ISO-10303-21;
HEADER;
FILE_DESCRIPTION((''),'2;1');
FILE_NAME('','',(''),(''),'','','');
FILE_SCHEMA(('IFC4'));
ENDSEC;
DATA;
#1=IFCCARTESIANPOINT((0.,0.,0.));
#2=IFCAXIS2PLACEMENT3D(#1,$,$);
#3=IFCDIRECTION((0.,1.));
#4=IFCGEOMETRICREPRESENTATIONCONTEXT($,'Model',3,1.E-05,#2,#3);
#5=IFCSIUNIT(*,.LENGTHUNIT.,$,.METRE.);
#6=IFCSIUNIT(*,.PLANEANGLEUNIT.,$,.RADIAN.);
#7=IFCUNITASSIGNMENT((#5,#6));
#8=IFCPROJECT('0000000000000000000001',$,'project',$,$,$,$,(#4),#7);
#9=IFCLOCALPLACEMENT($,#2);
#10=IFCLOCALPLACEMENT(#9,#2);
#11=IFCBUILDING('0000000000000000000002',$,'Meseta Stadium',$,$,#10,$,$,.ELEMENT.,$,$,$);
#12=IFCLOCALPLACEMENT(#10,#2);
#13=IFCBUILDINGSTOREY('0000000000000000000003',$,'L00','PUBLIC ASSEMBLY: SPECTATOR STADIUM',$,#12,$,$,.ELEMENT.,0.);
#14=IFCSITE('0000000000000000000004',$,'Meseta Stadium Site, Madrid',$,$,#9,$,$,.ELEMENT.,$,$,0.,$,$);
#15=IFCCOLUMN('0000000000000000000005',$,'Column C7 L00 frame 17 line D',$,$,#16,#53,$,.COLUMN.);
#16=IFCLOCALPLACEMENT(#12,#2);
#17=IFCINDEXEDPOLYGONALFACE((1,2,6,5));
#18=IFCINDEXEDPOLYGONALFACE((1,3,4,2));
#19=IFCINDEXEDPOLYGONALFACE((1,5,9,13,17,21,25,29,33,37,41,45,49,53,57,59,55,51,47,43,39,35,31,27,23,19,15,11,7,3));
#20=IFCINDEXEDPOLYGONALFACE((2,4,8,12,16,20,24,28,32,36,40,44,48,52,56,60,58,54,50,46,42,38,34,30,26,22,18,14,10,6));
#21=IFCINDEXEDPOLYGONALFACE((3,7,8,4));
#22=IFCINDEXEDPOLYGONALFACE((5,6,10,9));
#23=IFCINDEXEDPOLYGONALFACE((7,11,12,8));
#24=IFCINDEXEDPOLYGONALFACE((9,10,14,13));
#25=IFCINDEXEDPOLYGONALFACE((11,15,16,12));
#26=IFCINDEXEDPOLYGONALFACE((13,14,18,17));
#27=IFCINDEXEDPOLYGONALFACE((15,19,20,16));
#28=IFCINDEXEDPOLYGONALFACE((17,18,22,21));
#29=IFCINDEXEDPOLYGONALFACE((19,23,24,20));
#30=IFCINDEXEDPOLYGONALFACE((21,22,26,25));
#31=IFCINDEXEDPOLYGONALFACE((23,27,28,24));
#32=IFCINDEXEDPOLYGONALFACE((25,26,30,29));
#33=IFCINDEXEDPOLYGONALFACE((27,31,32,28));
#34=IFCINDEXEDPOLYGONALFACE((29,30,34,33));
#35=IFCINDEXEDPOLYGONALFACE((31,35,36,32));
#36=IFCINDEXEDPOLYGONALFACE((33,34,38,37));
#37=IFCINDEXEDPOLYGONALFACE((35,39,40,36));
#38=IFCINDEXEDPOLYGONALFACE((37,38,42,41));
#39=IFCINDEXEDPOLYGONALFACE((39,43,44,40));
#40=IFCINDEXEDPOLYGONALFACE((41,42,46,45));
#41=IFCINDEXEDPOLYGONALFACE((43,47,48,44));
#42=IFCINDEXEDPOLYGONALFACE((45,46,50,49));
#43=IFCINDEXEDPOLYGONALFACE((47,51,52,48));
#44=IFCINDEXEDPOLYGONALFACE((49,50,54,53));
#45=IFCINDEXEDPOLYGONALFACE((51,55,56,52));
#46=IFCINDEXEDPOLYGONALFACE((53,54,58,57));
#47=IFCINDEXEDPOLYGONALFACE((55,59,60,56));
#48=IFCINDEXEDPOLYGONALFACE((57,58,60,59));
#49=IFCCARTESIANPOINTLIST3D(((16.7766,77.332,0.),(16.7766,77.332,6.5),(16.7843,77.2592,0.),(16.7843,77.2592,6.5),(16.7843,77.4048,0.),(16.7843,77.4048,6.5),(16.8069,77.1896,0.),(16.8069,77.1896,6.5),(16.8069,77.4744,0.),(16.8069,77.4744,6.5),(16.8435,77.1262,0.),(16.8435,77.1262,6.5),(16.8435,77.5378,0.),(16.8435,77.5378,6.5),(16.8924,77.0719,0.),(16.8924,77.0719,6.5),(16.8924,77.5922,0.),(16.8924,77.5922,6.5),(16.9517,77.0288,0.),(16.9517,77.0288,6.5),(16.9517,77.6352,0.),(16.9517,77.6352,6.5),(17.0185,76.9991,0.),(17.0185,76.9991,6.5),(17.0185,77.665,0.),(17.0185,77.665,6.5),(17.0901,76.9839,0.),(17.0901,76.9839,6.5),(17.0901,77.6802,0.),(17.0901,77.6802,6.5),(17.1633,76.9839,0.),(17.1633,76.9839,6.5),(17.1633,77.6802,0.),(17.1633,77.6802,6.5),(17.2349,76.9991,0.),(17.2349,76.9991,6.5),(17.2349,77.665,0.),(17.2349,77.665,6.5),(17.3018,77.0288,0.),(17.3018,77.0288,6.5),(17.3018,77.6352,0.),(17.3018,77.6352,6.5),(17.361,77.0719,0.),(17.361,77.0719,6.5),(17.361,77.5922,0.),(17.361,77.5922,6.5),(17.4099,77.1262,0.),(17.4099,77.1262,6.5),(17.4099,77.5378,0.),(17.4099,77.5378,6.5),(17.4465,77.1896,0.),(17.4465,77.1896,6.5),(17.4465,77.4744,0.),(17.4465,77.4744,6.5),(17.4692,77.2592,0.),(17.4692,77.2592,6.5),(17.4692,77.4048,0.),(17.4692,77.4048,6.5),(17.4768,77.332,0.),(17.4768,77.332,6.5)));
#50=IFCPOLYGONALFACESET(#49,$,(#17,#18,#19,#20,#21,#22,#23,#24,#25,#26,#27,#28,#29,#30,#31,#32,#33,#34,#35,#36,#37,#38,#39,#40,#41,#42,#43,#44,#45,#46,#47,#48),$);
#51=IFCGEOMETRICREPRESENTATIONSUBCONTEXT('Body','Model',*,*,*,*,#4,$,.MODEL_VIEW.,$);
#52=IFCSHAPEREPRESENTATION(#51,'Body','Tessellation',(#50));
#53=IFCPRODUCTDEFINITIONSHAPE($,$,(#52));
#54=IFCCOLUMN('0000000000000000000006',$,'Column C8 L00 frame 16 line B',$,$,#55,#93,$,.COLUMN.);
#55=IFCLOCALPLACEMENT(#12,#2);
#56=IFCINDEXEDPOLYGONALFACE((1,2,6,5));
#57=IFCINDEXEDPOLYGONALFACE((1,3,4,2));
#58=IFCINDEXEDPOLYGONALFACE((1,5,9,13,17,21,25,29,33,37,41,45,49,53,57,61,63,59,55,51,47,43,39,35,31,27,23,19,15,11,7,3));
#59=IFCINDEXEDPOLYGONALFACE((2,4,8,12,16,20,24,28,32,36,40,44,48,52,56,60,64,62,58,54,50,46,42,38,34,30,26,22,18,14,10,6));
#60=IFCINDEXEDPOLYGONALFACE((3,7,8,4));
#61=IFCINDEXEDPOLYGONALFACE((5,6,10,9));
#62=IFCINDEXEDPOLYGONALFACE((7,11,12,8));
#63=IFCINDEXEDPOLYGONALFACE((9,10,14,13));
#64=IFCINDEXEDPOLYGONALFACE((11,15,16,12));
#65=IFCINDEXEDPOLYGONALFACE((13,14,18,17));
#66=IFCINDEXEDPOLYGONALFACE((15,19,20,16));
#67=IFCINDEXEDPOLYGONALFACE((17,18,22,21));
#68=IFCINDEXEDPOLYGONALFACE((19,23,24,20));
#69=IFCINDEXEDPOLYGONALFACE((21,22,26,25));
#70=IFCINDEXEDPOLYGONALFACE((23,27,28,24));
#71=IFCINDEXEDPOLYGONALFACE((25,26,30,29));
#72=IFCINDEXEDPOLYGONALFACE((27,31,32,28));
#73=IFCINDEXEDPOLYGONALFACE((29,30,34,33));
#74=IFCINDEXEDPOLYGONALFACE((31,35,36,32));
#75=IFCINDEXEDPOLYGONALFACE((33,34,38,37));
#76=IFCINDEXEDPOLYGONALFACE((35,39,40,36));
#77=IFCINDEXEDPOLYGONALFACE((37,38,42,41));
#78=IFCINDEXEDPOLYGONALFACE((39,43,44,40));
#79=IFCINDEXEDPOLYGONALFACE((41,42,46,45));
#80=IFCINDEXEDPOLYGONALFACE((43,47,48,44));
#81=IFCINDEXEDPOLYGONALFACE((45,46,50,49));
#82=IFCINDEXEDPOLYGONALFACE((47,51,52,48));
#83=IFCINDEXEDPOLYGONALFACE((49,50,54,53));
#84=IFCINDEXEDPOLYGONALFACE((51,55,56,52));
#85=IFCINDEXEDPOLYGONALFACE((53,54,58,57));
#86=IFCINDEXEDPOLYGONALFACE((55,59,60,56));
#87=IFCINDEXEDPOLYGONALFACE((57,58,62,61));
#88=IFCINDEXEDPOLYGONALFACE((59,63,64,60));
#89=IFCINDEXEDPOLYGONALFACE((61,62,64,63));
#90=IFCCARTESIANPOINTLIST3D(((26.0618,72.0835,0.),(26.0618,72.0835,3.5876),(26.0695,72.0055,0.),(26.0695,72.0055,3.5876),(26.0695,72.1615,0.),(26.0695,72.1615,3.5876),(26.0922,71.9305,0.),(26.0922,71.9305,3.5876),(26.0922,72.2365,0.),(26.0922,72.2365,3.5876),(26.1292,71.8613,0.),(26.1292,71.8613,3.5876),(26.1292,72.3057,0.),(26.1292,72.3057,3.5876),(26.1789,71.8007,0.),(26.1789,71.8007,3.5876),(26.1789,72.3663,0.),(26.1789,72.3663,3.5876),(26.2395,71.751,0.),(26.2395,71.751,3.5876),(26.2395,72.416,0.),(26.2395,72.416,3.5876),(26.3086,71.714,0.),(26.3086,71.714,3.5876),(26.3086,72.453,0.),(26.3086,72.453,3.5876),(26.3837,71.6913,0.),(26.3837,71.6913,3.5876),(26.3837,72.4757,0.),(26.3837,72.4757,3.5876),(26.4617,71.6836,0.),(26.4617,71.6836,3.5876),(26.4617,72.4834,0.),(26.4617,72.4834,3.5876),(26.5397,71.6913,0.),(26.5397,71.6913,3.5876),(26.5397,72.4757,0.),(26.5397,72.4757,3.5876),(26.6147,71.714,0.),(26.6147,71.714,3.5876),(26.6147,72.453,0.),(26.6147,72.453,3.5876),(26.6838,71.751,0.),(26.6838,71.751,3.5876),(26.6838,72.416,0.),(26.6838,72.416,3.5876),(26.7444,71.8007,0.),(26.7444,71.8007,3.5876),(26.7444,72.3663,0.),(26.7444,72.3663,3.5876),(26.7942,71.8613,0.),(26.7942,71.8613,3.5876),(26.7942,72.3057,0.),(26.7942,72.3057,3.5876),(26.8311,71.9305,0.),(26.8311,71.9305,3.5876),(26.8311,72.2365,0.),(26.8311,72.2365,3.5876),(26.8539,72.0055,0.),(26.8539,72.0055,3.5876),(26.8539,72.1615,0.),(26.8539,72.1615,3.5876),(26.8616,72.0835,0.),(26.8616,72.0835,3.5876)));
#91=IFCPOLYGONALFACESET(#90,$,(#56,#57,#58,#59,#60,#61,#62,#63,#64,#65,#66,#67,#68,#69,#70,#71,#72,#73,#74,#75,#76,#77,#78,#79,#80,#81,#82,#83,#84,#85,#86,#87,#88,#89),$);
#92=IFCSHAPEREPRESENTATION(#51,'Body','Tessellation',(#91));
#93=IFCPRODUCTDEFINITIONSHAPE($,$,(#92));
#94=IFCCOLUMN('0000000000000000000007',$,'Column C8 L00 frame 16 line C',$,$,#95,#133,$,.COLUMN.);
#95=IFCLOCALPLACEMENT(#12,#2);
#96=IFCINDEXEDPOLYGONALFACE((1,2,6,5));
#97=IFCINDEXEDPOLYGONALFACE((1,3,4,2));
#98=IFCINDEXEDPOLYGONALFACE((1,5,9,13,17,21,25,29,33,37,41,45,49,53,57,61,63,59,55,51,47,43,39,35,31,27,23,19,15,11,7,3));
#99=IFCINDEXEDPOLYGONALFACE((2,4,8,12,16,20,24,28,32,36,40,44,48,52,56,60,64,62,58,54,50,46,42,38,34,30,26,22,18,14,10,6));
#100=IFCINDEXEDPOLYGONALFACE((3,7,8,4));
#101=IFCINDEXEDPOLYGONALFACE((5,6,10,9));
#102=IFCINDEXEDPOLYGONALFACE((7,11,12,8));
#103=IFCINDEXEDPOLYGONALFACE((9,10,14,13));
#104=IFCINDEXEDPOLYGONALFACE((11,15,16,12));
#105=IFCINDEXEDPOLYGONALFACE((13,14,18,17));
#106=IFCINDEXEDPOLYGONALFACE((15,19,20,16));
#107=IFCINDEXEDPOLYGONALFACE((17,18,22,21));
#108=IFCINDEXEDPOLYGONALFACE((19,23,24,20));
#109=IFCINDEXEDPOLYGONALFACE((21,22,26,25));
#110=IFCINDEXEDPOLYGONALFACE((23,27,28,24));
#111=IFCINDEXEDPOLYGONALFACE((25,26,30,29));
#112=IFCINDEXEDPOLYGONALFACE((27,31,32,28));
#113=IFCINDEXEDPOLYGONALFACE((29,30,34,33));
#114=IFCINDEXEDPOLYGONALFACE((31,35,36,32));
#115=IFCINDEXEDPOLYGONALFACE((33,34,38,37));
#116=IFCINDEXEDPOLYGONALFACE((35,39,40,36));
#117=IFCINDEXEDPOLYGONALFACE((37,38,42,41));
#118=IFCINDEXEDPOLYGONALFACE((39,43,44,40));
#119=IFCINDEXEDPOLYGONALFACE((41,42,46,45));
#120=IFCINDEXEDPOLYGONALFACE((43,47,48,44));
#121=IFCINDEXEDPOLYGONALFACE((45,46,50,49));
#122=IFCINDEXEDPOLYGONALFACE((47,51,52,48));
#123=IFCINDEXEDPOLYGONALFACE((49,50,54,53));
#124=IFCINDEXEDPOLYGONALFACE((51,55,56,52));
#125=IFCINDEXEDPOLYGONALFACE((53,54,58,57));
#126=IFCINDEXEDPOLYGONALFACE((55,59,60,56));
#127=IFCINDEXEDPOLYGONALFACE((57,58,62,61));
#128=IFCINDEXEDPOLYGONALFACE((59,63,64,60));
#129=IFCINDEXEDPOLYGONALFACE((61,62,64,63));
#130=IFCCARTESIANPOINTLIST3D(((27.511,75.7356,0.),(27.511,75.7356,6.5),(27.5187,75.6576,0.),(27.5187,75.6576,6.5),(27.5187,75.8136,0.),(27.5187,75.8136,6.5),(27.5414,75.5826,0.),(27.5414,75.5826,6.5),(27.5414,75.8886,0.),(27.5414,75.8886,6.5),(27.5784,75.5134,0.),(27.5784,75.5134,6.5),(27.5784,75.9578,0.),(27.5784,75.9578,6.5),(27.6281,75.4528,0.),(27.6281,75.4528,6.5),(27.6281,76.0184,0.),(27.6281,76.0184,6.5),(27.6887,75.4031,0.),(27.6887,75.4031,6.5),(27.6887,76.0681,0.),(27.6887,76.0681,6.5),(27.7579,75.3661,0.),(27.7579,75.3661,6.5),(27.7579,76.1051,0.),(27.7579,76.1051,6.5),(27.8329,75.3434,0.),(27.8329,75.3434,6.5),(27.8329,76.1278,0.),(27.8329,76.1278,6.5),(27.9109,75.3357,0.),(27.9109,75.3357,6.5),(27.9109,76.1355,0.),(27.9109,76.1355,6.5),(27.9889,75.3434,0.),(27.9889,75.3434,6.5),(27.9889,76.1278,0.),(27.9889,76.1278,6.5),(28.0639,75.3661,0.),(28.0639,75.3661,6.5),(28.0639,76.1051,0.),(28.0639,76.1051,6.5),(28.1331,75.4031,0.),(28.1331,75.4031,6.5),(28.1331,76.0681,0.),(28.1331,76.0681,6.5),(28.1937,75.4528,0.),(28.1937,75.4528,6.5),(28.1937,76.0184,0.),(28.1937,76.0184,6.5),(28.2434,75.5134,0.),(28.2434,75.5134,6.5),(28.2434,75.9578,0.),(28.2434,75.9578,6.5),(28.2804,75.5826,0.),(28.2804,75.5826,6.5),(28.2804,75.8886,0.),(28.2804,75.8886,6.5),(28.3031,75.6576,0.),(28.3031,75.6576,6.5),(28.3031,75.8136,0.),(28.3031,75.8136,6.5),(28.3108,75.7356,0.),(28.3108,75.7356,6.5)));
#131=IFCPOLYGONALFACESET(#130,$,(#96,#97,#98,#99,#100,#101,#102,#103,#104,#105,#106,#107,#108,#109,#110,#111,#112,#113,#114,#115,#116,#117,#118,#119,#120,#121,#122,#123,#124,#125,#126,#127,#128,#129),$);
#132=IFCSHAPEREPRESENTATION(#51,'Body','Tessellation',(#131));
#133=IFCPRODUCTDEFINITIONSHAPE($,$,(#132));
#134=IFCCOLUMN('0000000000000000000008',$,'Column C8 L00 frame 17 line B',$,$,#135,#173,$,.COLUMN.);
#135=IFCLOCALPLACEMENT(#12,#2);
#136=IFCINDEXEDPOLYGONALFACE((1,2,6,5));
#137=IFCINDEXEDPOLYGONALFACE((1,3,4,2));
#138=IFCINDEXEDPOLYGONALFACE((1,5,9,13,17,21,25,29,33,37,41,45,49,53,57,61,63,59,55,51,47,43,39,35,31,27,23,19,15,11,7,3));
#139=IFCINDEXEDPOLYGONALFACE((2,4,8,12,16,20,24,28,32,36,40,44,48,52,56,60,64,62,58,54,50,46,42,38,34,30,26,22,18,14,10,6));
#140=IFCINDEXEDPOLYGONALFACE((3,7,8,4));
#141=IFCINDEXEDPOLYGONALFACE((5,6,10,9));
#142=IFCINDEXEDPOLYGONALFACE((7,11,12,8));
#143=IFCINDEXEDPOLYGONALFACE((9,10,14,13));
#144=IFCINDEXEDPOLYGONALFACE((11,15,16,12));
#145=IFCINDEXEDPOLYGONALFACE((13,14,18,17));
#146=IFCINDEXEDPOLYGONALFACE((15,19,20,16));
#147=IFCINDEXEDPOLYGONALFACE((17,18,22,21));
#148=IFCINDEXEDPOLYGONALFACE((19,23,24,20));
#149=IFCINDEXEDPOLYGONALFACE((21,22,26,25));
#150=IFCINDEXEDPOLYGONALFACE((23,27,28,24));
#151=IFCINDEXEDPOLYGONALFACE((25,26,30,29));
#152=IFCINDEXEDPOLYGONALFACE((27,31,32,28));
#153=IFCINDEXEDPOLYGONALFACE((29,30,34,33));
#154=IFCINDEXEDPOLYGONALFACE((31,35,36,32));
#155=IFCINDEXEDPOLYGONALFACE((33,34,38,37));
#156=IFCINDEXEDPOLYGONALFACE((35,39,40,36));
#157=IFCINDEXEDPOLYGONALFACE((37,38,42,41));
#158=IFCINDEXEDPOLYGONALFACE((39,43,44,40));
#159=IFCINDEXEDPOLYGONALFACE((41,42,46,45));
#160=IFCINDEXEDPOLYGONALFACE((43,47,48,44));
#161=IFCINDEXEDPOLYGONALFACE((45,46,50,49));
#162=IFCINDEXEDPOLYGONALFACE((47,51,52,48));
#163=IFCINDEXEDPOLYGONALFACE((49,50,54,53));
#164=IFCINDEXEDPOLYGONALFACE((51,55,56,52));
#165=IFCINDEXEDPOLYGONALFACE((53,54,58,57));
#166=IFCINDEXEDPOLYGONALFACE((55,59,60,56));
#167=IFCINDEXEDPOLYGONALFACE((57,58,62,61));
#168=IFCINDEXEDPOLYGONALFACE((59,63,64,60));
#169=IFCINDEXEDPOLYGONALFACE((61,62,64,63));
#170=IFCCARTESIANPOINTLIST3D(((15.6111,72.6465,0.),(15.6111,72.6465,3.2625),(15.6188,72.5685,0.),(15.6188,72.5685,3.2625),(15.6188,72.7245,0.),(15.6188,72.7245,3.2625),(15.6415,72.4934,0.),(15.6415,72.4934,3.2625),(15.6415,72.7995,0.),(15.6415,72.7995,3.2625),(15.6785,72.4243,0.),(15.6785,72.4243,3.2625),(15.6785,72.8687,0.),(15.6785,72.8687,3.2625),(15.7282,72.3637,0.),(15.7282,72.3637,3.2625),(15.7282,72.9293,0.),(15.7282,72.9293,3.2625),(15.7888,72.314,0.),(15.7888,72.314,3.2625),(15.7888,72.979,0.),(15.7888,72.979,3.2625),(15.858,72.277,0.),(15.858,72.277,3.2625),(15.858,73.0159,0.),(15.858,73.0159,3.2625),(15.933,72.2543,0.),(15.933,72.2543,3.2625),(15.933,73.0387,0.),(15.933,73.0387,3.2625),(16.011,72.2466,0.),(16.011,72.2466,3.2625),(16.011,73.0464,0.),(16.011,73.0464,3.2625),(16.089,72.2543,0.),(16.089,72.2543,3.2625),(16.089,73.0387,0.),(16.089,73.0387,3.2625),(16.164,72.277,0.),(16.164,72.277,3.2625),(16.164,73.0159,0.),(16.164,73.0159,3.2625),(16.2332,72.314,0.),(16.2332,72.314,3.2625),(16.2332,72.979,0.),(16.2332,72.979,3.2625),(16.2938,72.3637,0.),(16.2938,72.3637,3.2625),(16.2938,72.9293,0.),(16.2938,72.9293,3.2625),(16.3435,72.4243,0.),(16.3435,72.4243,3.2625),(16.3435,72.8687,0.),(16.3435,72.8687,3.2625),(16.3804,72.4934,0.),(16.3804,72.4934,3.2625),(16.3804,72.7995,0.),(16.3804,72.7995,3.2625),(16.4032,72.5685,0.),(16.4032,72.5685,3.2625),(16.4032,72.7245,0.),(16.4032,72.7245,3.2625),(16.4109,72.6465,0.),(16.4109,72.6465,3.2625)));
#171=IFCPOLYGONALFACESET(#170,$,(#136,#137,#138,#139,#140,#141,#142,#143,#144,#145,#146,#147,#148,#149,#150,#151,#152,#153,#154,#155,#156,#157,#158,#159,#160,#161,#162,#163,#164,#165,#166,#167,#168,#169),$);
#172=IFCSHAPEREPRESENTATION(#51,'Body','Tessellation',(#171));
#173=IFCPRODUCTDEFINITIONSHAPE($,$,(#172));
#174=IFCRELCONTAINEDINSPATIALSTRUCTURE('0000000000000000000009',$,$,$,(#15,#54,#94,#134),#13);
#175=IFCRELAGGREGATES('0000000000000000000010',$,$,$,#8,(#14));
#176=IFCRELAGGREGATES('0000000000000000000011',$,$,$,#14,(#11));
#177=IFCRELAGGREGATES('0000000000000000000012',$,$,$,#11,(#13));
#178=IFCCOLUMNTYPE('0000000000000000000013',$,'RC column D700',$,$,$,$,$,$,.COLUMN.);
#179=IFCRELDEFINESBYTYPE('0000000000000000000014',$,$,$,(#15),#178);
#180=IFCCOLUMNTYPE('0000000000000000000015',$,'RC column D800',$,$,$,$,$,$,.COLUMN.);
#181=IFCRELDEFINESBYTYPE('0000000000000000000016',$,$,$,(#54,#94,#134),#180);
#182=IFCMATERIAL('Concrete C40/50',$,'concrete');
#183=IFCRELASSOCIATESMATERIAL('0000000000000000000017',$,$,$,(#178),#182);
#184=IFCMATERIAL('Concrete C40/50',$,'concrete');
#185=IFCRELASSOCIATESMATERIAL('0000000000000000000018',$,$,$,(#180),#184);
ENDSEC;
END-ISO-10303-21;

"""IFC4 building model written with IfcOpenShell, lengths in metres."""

from ifc_helpers import new_model, si_unit, direction, frame, origin, origin_2d, place, context, subcontext, project, spatial, circle, extrude, material, material_profile, profile_set, type_object, element, save


model = new_model("IFC4")

# Units and contexts
model_context = context("Model", 3, precision=1e-05, world=origin(), true_north=direction((0.0, 1.0)))
body_context = subcontext(model_context, "Body", "Model", "MODEL_VIEW")
ifc_project = project(units=[si_unit("LENGTHUNIT", "METRE"), si_unit("PLANEANGLEUNIT", "RADIAN")], contexts=[model_context])

# Site, building, storey
site_placement = place(None, origin())
site = spatial("IfcSite", under=ifc_project, at=site_placement, Name="Meseta Stadium Site, Madrid", CompositionType="ELEMENT", RefElevation=0.0)
building_placement = place(site_placement, origin())
building = spatial("IfcBuilding", under=site, at=building_placement, Name="Meseta Stadium", CompositionType="ELEMENT")
storey_placement = place(building_placement, origin())
storey = spatial("IfcBuildingStorey", under=building, at=storey_placement, Name="L00", Description="PUBLIC ASSEMBLY: SPECTATOR STADIUM", CompositionType="ELEMENT", Elevation=0.0)

# Columns
ifc_material_1 = material(Name="Concrete C40/50", Category="concrete")
ifc_material_profile_1 = material_profile(ifc_material_1, circle(Radius=0.3501, at=origin_2d()), Name="RC D700")
ifc_profile_set_1 = profile_set([ifc_material_profile_1], Name="Concrete C40/50")
column_type_1 = type_object("IfcColumnType", Name="RC column D700", PredefinedType="COLUMN", material=ifc_profile_set_1)
column_1_placement = place(storey_placement, frame((17.1267, 77.332, 0.0), z_axis=(0.0, 0.0, 1.0), x_axis=(1.0, 0.0, 0.0)))
element("IfcColumn", 1, at=column_1_placement, inside=storey, type_object=column_type_1, Name="Column C7 L00 frame 17 line D", PredefinedType="COLUMN", context=body_context, shape_type="SweptSolid", body=[
    extrude(circle(Radius=0.3501, at=origin_2d()), origin(), (0.0, 0.0, 1.0), 6.5),
])
ifc_material_2 = material(Name="Concrete C40/50", Category="concrete")
ifc_material_profile_2 = material_profile(ifc_material_2, circle(Radius=0.3999, at=origin_2d()), Name="RC D800")
ifc_profile_set_2 = profile_set([ifc_material_profile_2], Name="Concrete C40/50")
column_type_2 = type_object("IfcColumnType", Name="RC column D800", PredefinedType="COLUMN", material=ifc_profile_set_2)
column_2_placement = place(storey_placement, frame((26.4617, 72.0835, 0.0), z_axis=(0.0, 0.0, 1.0), x_axis=(1.0, 0.0, 0.0)))
element("IfcColumn", 2, at=column_2_placement, inside=storey, type_object=column_type_2, Name="Column C8 L00 frame 16 line B", PredefinedType="COLUMN", context=body_context, shape_type="SweptSolid", body=[
    extrude(circle(Radius=0.3999, at=origin_2d()), origin(), (0.0, 0.0, 1.0), 3.5876),
])
column_3_placement = place(storey_placement, frame((27.9109, 75.7356, 0.0), z_axis=(0.0, 0.0, 1.0), x_axis=(1.0, 0.0, 0.0)))
element("IfcColumn", 3, at=column_3_placement, inside=storey, type_object=column_type_2, Name="Column C8 L00 frame 16 line C", PredefinedType="COLUMN", context=body_context, shape_type="SweptSolid", body=[
    extrude(circle(Radius=0.3999, at=origin_2d()), origin(), (0.0, 0.0, 1.0), 6.5),
])
column_4_placement = place(storey_placement, frame((16.011, 72.6465, 0.0), z_axis=(0.0, 0.0, 1.0), x_axis=(1.0, 0.0, 0.0)))
element("IfcColumn", 4, at=column_4_placement, inside=storey, type_object=column_type_2, Name="Column C8 L00 frame 17 line B", PredefinedType="COLUMN", context=body_context, shape_type="SweptSolid", body=[
    extrude(circle(Radius=0.3999, at=origin_2d()), origin(), (0.0, 0.0, 1.0), 3.2625),
])

save(model, "model.ifc")
